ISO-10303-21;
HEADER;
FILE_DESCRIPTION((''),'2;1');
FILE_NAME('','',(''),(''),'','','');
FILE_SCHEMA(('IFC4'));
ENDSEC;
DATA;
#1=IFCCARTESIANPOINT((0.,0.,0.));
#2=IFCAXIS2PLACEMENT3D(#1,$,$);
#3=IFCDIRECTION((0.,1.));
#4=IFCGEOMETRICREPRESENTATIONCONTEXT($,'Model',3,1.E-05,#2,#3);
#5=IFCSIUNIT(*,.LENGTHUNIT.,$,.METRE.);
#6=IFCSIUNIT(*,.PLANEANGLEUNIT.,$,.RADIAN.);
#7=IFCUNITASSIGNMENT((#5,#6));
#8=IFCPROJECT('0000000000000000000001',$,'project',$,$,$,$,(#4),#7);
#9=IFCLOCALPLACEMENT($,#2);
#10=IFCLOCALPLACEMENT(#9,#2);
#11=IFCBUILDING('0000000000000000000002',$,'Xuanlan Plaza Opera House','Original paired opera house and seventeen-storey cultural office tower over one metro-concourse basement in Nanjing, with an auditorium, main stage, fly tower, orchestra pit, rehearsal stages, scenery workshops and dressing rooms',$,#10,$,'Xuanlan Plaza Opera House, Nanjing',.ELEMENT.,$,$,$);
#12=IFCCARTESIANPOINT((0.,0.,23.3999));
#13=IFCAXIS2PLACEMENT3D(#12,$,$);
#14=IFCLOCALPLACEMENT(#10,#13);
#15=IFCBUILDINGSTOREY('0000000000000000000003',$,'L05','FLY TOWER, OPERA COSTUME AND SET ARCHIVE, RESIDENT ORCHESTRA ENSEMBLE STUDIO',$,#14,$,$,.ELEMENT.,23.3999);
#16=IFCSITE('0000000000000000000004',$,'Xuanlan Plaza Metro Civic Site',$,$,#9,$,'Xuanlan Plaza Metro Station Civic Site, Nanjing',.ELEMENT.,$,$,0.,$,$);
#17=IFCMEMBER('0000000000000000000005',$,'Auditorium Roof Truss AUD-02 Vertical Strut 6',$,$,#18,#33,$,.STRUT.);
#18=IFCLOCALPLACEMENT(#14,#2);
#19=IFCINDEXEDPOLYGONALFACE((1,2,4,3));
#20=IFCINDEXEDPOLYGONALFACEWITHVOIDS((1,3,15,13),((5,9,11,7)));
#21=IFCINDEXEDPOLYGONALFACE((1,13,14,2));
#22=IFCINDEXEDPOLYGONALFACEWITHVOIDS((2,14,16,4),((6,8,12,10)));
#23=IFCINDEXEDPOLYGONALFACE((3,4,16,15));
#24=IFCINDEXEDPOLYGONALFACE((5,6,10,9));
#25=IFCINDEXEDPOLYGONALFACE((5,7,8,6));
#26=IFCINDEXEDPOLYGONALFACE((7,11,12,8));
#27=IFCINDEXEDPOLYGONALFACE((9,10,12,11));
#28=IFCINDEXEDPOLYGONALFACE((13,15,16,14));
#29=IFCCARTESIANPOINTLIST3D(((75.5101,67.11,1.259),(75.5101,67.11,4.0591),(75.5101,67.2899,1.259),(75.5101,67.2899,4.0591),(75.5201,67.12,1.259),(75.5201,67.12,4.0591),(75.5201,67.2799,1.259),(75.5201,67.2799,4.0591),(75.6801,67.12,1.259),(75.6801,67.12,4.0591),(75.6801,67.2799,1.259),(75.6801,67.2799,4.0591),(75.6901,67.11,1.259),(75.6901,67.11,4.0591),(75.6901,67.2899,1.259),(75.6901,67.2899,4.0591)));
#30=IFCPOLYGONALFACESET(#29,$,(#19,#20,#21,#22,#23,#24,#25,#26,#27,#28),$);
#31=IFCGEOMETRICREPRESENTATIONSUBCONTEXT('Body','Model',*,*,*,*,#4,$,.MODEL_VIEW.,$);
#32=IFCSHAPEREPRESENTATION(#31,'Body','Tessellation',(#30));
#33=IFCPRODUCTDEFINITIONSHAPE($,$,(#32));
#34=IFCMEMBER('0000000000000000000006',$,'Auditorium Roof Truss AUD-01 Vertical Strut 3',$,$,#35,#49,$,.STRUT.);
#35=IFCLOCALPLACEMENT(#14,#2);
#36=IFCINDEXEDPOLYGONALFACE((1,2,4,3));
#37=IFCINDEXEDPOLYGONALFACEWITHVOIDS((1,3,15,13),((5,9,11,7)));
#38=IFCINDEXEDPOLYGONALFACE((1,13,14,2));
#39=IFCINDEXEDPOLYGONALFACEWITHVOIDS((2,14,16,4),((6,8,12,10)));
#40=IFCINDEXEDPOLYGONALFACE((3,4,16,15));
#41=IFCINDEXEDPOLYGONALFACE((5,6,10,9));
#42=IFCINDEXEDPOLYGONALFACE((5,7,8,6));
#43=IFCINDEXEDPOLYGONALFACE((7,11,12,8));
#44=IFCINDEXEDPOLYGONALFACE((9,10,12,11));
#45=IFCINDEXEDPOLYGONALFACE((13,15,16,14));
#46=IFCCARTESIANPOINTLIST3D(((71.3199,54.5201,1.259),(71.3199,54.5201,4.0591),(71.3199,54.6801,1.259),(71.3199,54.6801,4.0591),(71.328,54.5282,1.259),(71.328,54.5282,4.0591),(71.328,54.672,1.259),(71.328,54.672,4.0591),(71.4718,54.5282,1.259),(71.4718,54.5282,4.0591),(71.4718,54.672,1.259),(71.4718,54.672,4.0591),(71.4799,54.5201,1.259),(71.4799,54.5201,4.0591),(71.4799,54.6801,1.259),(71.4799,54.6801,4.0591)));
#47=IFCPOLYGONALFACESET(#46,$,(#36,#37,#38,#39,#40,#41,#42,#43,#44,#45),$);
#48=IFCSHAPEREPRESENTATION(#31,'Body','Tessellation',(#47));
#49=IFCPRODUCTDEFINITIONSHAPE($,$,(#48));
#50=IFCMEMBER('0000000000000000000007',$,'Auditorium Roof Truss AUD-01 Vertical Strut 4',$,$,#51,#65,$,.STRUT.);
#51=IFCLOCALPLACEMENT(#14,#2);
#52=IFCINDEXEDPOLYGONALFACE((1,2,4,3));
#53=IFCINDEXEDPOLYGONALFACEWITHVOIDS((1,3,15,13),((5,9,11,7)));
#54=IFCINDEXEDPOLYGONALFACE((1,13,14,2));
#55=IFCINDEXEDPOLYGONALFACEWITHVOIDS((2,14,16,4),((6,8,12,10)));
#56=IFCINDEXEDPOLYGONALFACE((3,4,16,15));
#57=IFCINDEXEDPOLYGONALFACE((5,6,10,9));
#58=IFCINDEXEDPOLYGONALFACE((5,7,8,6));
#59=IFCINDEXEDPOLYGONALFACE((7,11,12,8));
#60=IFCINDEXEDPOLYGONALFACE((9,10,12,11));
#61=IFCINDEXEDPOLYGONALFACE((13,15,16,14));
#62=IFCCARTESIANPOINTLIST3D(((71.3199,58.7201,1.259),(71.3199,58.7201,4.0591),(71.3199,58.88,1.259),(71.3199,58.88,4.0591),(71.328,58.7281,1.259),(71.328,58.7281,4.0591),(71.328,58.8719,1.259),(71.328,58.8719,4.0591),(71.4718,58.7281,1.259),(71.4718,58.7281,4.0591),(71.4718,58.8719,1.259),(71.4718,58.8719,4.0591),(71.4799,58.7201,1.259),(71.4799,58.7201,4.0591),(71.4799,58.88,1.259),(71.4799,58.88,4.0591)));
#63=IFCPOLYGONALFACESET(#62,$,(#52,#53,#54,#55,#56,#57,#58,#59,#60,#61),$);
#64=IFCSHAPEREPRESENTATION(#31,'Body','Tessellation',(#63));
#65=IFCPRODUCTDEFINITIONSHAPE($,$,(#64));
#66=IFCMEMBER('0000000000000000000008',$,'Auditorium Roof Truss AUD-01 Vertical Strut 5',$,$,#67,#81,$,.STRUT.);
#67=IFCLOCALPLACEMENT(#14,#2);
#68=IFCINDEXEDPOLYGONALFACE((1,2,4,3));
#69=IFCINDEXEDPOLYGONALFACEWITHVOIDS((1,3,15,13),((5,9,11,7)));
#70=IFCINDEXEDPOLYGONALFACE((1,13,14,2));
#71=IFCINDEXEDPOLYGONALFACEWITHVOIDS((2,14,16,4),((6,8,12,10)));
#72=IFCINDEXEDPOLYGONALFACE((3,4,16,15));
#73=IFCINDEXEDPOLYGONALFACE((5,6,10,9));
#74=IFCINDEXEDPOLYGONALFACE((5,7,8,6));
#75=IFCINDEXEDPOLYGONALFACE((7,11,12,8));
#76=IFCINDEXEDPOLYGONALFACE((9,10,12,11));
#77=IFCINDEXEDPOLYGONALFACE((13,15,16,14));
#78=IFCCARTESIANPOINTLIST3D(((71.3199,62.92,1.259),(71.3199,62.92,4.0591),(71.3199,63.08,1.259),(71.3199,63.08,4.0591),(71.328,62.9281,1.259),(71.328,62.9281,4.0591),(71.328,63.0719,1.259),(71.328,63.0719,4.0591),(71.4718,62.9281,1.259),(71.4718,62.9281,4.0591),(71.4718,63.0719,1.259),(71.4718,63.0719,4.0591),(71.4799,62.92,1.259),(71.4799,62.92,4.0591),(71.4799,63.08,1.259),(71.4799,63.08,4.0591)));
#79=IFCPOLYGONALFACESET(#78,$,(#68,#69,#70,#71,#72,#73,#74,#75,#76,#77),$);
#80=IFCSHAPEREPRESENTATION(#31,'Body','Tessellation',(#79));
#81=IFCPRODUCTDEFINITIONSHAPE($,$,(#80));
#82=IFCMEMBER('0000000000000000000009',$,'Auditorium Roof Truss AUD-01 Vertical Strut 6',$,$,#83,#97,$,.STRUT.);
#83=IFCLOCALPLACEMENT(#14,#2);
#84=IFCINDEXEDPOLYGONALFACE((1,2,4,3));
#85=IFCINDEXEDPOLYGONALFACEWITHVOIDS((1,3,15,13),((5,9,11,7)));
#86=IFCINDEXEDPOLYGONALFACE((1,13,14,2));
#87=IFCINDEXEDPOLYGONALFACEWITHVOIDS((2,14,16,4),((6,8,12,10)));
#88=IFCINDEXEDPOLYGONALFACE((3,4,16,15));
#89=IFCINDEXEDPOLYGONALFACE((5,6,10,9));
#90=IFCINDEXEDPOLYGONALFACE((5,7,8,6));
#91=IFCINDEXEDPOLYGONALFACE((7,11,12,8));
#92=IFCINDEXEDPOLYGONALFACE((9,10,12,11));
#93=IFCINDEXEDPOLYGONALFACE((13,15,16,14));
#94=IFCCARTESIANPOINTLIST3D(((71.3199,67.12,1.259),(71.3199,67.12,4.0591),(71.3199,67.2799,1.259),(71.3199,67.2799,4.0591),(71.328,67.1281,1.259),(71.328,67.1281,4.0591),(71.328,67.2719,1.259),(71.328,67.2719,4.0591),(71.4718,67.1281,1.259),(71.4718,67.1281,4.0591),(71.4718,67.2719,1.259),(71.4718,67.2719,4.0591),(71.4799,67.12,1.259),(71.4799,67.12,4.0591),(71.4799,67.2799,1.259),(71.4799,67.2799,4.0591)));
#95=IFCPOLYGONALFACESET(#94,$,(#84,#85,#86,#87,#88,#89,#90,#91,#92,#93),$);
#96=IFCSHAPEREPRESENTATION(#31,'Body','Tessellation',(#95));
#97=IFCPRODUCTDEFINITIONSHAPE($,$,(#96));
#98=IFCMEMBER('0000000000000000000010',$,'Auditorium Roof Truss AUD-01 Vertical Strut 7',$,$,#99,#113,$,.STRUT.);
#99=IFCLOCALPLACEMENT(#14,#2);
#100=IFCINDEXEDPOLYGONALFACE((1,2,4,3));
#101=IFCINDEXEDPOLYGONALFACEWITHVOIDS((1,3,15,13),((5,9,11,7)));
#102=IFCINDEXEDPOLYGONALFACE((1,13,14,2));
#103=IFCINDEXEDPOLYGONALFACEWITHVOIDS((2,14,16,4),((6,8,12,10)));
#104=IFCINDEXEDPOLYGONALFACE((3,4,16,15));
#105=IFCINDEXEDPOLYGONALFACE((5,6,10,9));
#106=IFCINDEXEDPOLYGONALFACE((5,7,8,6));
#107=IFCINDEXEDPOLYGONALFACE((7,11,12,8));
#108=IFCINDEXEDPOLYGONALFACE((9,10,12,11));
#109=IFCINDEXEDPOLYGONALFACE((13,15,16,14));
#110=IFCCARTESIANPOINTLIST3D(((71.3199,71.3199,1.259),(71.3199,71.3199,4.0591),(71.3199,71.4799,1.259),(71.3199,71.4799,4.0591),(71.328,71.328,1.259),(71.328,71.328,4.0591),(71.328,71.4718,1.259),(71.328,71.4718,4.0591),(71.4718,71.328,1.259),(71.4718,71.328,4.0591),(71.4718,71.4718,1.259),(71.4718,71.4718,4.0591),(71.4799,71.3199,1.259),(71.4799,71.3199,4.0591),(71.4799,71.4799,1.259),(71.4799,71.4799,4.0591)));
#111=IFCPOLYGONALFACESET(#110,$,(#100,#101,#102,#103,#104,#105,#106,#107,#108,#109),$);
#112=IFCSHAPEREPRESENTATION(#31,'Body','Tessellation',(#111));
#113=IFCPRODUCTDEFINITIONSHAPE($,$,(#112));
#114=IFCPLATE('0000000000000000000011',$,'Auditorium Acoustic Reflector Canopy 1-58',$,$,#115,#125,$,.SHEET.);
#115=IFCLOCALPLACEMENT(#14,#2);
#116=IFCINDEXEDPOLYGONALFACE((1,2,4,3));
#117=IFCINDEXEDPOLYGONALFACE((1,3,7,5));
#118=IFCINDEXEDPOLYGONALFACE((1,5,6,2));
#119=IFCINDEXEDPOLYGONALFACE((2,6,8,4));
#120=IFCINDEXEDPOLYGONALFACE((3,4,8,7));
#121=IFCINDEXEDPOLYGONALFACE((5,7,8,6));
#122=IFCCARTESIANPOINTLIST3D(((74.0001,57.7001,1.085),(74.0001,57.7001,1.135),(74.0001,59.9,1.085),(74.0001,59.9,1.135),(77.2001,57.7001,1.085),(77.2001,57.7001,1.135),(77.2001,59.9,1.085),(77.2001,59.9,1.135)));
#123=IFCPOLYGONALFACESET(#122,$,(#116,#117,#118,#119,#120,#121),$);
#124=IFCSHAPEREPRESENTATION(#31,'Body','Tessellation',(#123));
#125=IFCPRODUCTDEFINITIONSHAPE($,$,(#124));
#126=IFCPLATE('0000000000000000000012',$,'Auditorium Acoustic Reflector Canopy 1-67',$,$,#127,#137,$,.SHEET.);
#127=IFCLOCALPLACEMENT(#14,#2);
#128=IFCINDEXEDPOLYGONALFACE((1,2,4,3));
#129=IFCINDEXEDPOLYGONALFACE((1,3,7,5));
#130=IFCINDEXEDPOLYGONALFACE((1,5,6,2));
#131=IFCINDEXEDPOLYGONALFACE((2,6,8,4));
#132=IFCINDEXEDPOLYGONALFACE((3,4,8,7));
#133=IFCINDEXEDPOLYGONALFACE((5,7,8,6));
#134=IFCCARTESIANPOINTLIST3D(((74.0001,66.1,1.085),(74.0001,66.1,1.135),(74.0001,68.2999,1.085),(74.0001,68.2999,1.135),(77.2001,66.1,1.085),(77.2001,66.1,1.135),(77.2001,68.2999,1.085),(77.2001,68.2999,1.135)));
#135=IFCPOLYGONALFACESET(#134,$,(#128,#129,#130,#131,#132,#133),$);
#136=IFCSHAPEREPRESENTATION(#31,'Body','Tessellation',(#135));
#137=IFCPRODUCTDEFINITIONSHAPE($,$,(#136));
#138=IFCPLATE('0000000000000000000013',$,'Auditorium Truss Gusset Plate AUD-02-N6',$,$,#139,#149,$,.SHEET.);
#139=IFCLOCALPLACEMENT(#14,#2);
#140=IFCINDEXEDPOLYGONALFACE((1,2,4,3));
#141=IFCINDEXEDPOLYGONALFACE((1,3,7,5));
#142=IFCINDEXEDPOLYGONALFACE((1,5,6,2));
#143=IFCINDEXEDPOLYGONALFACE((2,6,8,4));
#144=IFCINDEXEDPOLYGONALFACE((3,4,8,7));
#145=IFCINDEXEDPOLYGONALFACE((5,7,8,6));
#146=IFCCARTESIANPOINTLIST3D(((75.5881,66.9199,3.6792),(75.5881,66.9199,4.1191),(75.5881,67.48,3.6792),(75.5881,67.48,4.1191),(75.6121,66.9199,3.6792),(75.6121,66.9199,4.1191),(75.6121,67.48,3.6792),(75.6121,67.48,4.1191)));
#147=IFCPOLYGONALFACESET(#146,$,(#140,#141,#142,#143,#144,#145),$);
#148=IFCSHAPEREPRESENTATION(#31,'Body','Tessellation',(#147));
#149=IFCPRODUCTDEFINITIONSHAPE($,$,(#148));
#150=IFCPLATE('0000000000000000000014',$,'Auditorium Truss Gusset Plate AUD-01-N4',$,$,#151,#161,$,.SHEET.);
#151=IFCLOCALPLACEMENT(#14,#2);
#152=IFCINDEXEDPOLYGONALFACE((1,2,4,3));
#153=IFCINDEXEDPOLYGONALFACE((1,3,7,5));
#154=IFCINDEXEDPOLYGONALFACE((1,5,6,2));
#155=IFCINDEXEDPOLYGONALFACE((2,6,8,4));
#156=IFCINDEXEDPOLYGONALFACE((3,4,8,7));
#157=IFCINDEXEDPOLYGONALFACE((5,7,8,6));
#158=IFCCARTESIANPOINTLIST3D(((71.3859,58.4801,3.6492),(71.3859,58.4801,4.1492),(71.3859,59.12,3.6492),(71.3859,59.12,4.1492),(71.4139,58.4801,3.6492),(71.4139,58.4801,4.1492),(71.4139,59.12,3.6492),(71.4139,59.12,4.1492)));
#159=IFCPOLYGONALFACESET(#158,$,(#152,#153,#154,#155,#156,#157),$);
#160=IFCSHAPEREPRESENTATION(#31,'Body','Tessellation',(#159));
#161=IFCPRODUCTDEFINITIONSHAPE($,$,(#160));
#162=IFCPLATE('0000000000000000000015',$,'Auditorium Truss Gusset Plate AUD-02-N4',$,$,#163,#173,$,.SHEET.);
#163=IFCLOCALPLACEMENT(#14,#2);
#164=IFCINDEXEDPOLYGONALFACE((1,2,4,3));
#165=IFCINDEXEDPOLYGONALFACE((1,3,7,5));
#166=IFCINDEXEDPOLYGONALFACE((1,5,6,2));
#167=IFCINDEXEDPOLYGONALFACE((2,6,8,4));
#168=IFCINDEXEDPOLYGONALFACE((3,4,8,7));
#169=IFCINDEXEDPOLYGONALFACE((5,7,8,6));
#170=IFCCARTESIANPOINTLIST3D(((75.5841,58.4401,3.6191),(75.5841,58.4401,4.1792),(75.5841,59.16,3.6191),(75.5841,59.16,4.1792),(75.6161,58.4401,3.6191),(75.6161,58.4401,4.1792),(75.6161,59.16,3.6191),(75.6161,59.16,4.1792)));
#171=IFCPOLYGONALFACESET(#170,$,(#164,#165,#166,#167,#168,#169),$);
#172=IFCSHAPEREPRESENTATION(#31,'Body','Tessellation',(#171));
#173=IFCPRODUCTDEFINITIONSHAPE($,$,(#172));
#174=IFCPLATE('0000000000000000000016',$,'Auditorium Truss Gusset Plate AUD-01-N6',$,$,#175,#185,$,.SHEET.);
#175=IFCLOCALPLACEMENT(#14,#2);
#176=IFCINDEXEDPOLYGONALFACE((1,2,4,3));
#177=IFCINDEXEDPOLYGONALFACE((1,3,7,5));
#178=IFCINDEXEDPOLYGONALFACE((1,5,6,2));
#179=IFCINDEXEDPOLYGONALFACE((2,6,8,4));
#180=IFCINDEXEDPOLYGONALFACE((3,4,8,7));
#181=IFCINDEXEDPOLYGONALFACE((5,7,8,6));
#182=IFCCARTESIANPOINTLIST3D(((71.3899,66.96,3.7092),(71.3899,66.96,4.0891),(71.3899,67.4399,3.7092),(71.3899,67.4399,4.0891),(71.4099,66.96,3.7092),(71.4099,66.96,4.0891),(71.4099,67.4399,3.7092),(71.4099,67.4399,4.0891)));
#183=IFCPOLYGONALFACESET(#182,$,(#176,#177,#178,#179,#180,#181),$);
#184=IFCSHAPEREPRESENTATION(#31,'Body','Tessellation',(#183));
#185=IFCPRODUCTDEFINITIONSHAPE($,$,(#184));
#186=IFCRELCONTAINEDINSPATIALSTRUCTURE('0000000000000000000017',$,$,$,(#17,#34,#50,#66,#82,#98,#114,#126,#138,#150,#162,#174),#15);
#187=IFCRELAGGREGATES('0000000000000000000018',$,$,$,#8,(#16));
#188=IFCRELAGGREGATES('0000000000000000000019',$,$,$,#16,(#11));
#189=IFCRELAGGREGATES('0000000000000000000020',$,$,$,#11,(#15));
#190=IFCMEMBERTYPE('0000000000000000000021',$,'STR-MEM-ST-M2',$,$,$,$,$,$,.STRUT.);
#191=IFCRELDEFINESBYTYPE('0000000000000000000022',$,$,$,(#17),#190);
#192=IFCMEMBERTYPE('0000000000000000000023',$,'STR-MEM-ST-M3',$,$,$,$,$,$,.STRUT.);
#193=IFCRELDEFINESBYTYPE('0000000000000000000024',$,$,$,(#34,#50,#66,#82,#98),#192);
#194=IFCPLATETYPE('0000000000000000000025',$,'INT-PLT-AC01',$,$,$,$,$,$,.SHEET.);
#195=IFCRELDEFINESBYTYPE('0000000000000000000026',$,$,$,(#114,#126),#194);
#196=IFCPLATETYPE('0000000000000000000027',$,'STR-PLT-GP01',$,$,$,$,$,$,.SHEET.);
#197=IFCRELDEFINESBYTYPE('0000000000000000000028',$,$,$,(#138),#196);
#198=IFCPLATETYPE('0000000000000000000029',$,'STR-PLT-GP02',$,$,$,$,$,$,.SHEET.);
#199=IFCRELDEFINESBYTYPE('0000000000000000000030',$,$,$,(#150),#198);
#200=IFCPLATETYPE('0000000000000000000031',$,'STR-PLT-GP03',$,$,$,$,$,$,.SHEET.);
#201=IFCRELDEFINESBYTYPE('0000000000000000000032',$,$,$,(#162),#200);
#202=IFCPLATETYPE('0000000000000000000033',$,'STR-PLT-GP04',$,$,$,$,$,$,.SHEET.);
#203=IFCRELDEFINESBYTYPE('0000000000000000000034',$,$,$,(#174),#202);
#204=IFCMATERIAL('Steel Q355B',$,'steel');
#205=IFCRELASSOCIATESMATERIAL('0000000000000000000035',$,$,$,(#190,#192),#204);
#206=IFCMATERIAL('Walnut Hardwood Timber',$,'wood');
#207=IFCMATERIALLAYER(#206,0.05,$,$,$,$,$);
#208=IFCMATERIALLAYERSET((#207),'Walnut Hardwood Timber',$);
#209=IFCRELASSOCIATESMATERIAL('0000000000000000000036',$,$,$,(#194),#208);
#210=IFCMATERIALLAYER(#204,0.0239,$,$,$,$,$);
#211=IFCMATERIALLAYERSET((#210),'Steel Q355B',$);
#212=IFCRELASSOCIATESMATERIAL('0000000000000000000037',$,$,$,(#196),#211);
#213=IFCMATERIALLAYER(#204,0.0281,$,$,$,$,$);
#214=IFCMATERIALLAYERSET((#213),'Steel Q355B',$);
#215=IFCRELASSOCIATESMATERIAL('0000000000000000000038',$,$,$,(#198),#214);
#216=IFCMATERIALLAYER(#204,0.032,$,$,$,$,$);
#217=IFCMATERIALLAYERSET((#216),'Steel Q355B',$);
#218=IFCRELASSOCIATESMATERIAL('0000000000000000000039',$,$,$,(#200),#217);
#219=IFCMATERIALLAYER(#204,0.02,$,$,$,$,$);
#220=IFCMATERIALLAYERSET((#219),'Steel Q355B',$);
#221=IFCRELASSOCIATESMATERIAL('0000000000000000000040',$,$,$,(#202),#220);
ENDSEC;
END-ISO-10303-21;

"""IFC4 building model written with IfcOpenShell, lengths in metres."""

from ifc_helpers import new_model, si_unit, direction, frame, origin, origin_2d, place, context, subcontext, project, spatial, rectangle, hollow_rectangle, extrude, material, layer, layer_set, material_profile, profile_set, type_object, element, save


model = new_model("IFC4")

# Units and contexts
model_context = context("Model", 3, precision=1e-05, world=origin(), true_north=direction((0.0, 1.0)))
body_context = subcontext(model_context, "Body", "Model", "MODEL_VIEW")
ifc_project = project(units=[si_unit("LENGTHUNIT", "METRE"), si_unit("PLANEANGLEUNIT", "RADIAN")], contexts=[model_context])

# Site, building, storey
site_placement = place(None, origin())
site = spatial("IfcSite", under=ifc_project, at=site_placement, Name="Xuanlan Plaza Metro Civic Site", LongName="Xuanlan Plaza Metro Station Civic Site, Nanjing", CompositionType="ELEMENT", RefElevation=0.0)
building_placement = place(site_placement, origin())
building = spatial("IfcBuilding", under=site, at=building_placement, Name="Xuanlan Plaza Opera House", Description="Original paired opera house and seventeen-storey cultural office tower over one metro-concourse basement in Nanjing, with an auditorium, main stage, fly tower, orchestra pit, rehearsal stages, scenery workshops and dressing rooms", LongName="Xuanlan Plaza Opera House, Nanjing", CompositionType="ELEMENT")
storey_placement = place(building_placement, frame((0.0, 0.0, 23.3999)))
storey = spatial("IfcBuildingStorey", under=building, at=storey_placement, Name="L05", Description="FLY TOWER, OPERA COSTUME AND SET ARCHIVE, RESIDENT ORCHESTRA ENSEMBLE STUDIO", CompositionType="ELEMENT", Elevation=23.3999)

# Members
ifc_material_1 = material(Name="Steel Q355B", Category="steel")
ifc_material_profile_1 = material_profile(ifc_material_1, hollow_rectangle(XDim=0.1799, YDim=0.1799, WallThickness=0.01, at=origin_2d()), Name="SHS 180x180x10")
ifc_profile_set_1 = profile_set([ifc_material_profile_1], Name="Steel Q355B")
member_type_1 = type_object("IfcMemberType", Name="STR-MEM-ST-M2", PredefinedType="STRUT", material=ifc_profile_set_1)
for number, where, z_axis, x_axis, name in (
    (1, (75.6001, 67.2, 1.259), (0.0, 0.0, 1.0), (1.0, 0.0, 0.0), "Auditorium Roof Truss AUD-02 Vertical Strut 6"),
):
    element("IfcMember", number, at=place(storey_placement, frame(where, z_axis=z_axis, x_axis=x_axis)), inside=storey, type_object=member_type_1, Name=name, PredefinedType="STRUT", context=body_context, shape_type="SweptSolid", body=[
        extrude(hollow_rectangle(XDim=0.1799, YDim=0.1799, WallThickness=0.01, at=origin_2d()), origin(), (0.0, 0.0, 1.0), 2.8),
    ])
ifc_material_profile_2 = material_profile(ifc_material_1, hollow_rectangle(XDim=0.1599, YDim=0.1599, WallThickness=0.0081, at=origin_2d()), Name="SHS 160x160x8")
ifc_profile_set_2 = profile_set([ifc_material_profile_2], Name="Steel Q355B")
member_type_2 = type_object("IfcMemberType", Name="STR-MEM-ST-M3", PredefinedType="STRUT", material=ifc_profile_set_2)
for number, where, z_axis, x_axis, name in (
    (2, (71.3999, 54.6001, 1.259), (0.0, 0.0, 1.0), (1.0, 0.0, 0.0), "Auditorium Roof Truss AUD-01 Vertical Strut 3"),
    (3, (71.3999, 58.8, 1.259), (0.0, 0.0, 1.0), (1.0, 0.0, 0.0), "Auditorium Roof Truss AUD-01 Vertical Strut 4"),
    (4, (71.3999, 63.0, 1.259), (0.0, 0.0, 1.0), (1.0, 0.0, 0.0), "Auditorium Roof Truss AUD-01 Vertical Strut 5"),
    (5, (71.3999, 67.2, 1.259), (0.0, 0.0, 1.0), (1.0, 0.0, 0.0), "Auditorium Roof Truss AUD-01 Vertical Strut 6"),
    (6, (71.3999, 71.3999, 1.259), (0.0, 0.0, 1.0), (1.0, 0.0, 0.0), "Auditorium Roof Truss AUD-01 Vertical Strut 7"),
):
    element("IfcMember", number, at=place(storey_placement, frame(where, z_axis=z_axis, x_axis=x_axis)), inside=storey, type_object=member_type_2, Name=name, PredefinedType="STRUT", context=body_context, shape_type="SweptSolid", body=[
        extrude(hollow_rectangle(XDim=0.1599, YDim=0.1599, WallThickness=0.0081, at=origin_2d()), origin(), (0.0, 0.0, 1.0), 2.8),
    ])

# Plates
ifc_material_2 = material(Name="Walnut Hardwood Timber", Category="wood")
ifc_layer_1 = layer(ifc_material_2, 0.05)
ifc_layer_set_1 = layer_set([ifc_layer_1], Name="Walnut Hardwood Timber")
plate_type_1 = type_object("IfcPlateType", Name="INT-PLT-AC01", PredefinedType="SHEET", material=ifc_layer_set_1)
for number, where, z_axis, x_axis, name in (
    (7, (75.6001, 58.8, 1.085), (0.0, 0.0, 1.0), (1.0, 0.0, 0.0), "Auditorium Acoustic Reflector Canopy 1-58"),
    (8, (75.6001, 67.2, 1.085), (0.0, 0.0, 1.0), (1.0, 0.0, 0.0), "Auditorium Acoustic Reflector Canopy 1-67"),
):
    element("IfcPlate", number, at=place(storey_placement, frame(where, z_axis=z_axis, x_axis=x_axis)), inside=storey, type_object=plate_type_1, Name=name, PredefinedType="SHEET", context=body_context, shape_type="SweptSolid", body=[
        extrude(rectangle(XDim=3.2, YDim=2.2, at=origin_2d()), origin(), (0.0, 0.0, 1.0), 0.05),
    ])
ifc_layer_2 = layer(ifc_material_1, 0.0239)
ifc_layer_set_2 = layer_set([ifc_layer_2], Name="Steel Q355B")
plate_type_2 = type_object("IfcPlateType", Name="STR-PLT-GP01", PredefinedType="SHEET", material=ifc_layer_set_2)
plate_1_placement = place(storey_placement, frame((75.6001, 67.2, 3.6792), z_axis=(0.0, 0.0, 1.0), x_axis=(1.0, 0.0, 0.0)))
element("IfcPlate", 9, at=plate_1_placement, inside=storey, type_object=plate_type_2, Name="Auditorium Truss Gusset Plate AUD-02-N6", PredefinedType="SHEET", context=body_context, shape_type="SweptSolid", body=[
    extrude(rectangle(XDim=0.0239, YDim=0.5601, at=origin_2d()), origin(), (0.0, 0.0, 1.0), 0.4399),
])
ifc_layer_3 = layer(ifc_material_1, 0.0281)
ifc_layer_set_3 = layer_set([ifc_layer_3], Name="Steel Q355B")
plate_type_3 = type_object("IfcPlateType", Name="STR-PLT-GP02", PredefinedType="SHEET", material=ifc_layer_set_3)
plate_2_placement = place(storey_placement, frame((71.3999, 58.8, 3.6492), z_axis=(0.0, 0.0, 1.0), x_axis=(1.0, 0.0, 0.0)))
element("IfcPlate", 10, at=plate_2_placement, inside=storey, type_object=plate_type_3, Name="Auditorium Truss Gusset Plate AUD-01-N4", PredefinedType="SHEET", context=body_context, shape_type="SweptSolid", body=[
    extrude(rectangle(XDim=0.0281, YDim=0.6399, at=origin_2d()), origin(), (0.0, 0.0, 1.0), 0.5),
])
ifc_layer_4 = layer(ifc_material_1, 0.032)
ifc_layer_set_4 = layer_set([ifc_layer_4], Name="Steel Q355B")
plate_type_4 = type_object("IfcPlateType", Name="STR-PLT-GP03", PredefinedType="SHEET", material=ifc_layer_set_4)
plate_3_placement = place(storey_placement, frame((75.6001, 58.8, 3.6191), z_axis=(0.0, 0.0, 1.0), x_axis=(1.0, 0.0, 0.0)))
element("IfcPlate", 11, at=plate_3_placement, inside=storey, type_object=plate_type_4, Name="Auditorium Truss Gusset Plate AUD-02-N4", PredefinedType="SHEET", context=body_context, shape_type="SweptSolid", body=[
    extrude(rectangle(XDim=0.032, YDim=0.72, at=origin_2d()), origin(), (0.0, 0.0, 1.0), 0.5601),
])
ifc_layer_5 = layer(ifc_material_1, 0.02)
ifc_layer_set_5 = layer_set([ifc_layer_5], Name="Steel Q355B")
plate_type_5 = type_object("IfcPlateType", Name="STR-PLT-GP04", PredefinedType="SHEET", material=ifc_layer_set_5)
plate_4_placement = place(storey_placement, frame((71.3999, 67.2, 3.7092), z_axis=(0.0, 0.0, 1.0), x_axis=(1.0, 0.0, 0.0)))
element("IfcPlate", 12, at=plate_4_placement, inside=storey, type_object=plate_type_5, Name="Auditorium Truss Gusset Plate AUD-01-N6", PredefinedType="SHEET", context=body_context, shape_type="SweptSolid", body=[
    extrude(rectangle(XDim=0.02, YDim=0.48, at=origin_2d()), origin(), (0.0, 0.0, 1.0), 0.3799),
])

save(model, "model.ifc")
